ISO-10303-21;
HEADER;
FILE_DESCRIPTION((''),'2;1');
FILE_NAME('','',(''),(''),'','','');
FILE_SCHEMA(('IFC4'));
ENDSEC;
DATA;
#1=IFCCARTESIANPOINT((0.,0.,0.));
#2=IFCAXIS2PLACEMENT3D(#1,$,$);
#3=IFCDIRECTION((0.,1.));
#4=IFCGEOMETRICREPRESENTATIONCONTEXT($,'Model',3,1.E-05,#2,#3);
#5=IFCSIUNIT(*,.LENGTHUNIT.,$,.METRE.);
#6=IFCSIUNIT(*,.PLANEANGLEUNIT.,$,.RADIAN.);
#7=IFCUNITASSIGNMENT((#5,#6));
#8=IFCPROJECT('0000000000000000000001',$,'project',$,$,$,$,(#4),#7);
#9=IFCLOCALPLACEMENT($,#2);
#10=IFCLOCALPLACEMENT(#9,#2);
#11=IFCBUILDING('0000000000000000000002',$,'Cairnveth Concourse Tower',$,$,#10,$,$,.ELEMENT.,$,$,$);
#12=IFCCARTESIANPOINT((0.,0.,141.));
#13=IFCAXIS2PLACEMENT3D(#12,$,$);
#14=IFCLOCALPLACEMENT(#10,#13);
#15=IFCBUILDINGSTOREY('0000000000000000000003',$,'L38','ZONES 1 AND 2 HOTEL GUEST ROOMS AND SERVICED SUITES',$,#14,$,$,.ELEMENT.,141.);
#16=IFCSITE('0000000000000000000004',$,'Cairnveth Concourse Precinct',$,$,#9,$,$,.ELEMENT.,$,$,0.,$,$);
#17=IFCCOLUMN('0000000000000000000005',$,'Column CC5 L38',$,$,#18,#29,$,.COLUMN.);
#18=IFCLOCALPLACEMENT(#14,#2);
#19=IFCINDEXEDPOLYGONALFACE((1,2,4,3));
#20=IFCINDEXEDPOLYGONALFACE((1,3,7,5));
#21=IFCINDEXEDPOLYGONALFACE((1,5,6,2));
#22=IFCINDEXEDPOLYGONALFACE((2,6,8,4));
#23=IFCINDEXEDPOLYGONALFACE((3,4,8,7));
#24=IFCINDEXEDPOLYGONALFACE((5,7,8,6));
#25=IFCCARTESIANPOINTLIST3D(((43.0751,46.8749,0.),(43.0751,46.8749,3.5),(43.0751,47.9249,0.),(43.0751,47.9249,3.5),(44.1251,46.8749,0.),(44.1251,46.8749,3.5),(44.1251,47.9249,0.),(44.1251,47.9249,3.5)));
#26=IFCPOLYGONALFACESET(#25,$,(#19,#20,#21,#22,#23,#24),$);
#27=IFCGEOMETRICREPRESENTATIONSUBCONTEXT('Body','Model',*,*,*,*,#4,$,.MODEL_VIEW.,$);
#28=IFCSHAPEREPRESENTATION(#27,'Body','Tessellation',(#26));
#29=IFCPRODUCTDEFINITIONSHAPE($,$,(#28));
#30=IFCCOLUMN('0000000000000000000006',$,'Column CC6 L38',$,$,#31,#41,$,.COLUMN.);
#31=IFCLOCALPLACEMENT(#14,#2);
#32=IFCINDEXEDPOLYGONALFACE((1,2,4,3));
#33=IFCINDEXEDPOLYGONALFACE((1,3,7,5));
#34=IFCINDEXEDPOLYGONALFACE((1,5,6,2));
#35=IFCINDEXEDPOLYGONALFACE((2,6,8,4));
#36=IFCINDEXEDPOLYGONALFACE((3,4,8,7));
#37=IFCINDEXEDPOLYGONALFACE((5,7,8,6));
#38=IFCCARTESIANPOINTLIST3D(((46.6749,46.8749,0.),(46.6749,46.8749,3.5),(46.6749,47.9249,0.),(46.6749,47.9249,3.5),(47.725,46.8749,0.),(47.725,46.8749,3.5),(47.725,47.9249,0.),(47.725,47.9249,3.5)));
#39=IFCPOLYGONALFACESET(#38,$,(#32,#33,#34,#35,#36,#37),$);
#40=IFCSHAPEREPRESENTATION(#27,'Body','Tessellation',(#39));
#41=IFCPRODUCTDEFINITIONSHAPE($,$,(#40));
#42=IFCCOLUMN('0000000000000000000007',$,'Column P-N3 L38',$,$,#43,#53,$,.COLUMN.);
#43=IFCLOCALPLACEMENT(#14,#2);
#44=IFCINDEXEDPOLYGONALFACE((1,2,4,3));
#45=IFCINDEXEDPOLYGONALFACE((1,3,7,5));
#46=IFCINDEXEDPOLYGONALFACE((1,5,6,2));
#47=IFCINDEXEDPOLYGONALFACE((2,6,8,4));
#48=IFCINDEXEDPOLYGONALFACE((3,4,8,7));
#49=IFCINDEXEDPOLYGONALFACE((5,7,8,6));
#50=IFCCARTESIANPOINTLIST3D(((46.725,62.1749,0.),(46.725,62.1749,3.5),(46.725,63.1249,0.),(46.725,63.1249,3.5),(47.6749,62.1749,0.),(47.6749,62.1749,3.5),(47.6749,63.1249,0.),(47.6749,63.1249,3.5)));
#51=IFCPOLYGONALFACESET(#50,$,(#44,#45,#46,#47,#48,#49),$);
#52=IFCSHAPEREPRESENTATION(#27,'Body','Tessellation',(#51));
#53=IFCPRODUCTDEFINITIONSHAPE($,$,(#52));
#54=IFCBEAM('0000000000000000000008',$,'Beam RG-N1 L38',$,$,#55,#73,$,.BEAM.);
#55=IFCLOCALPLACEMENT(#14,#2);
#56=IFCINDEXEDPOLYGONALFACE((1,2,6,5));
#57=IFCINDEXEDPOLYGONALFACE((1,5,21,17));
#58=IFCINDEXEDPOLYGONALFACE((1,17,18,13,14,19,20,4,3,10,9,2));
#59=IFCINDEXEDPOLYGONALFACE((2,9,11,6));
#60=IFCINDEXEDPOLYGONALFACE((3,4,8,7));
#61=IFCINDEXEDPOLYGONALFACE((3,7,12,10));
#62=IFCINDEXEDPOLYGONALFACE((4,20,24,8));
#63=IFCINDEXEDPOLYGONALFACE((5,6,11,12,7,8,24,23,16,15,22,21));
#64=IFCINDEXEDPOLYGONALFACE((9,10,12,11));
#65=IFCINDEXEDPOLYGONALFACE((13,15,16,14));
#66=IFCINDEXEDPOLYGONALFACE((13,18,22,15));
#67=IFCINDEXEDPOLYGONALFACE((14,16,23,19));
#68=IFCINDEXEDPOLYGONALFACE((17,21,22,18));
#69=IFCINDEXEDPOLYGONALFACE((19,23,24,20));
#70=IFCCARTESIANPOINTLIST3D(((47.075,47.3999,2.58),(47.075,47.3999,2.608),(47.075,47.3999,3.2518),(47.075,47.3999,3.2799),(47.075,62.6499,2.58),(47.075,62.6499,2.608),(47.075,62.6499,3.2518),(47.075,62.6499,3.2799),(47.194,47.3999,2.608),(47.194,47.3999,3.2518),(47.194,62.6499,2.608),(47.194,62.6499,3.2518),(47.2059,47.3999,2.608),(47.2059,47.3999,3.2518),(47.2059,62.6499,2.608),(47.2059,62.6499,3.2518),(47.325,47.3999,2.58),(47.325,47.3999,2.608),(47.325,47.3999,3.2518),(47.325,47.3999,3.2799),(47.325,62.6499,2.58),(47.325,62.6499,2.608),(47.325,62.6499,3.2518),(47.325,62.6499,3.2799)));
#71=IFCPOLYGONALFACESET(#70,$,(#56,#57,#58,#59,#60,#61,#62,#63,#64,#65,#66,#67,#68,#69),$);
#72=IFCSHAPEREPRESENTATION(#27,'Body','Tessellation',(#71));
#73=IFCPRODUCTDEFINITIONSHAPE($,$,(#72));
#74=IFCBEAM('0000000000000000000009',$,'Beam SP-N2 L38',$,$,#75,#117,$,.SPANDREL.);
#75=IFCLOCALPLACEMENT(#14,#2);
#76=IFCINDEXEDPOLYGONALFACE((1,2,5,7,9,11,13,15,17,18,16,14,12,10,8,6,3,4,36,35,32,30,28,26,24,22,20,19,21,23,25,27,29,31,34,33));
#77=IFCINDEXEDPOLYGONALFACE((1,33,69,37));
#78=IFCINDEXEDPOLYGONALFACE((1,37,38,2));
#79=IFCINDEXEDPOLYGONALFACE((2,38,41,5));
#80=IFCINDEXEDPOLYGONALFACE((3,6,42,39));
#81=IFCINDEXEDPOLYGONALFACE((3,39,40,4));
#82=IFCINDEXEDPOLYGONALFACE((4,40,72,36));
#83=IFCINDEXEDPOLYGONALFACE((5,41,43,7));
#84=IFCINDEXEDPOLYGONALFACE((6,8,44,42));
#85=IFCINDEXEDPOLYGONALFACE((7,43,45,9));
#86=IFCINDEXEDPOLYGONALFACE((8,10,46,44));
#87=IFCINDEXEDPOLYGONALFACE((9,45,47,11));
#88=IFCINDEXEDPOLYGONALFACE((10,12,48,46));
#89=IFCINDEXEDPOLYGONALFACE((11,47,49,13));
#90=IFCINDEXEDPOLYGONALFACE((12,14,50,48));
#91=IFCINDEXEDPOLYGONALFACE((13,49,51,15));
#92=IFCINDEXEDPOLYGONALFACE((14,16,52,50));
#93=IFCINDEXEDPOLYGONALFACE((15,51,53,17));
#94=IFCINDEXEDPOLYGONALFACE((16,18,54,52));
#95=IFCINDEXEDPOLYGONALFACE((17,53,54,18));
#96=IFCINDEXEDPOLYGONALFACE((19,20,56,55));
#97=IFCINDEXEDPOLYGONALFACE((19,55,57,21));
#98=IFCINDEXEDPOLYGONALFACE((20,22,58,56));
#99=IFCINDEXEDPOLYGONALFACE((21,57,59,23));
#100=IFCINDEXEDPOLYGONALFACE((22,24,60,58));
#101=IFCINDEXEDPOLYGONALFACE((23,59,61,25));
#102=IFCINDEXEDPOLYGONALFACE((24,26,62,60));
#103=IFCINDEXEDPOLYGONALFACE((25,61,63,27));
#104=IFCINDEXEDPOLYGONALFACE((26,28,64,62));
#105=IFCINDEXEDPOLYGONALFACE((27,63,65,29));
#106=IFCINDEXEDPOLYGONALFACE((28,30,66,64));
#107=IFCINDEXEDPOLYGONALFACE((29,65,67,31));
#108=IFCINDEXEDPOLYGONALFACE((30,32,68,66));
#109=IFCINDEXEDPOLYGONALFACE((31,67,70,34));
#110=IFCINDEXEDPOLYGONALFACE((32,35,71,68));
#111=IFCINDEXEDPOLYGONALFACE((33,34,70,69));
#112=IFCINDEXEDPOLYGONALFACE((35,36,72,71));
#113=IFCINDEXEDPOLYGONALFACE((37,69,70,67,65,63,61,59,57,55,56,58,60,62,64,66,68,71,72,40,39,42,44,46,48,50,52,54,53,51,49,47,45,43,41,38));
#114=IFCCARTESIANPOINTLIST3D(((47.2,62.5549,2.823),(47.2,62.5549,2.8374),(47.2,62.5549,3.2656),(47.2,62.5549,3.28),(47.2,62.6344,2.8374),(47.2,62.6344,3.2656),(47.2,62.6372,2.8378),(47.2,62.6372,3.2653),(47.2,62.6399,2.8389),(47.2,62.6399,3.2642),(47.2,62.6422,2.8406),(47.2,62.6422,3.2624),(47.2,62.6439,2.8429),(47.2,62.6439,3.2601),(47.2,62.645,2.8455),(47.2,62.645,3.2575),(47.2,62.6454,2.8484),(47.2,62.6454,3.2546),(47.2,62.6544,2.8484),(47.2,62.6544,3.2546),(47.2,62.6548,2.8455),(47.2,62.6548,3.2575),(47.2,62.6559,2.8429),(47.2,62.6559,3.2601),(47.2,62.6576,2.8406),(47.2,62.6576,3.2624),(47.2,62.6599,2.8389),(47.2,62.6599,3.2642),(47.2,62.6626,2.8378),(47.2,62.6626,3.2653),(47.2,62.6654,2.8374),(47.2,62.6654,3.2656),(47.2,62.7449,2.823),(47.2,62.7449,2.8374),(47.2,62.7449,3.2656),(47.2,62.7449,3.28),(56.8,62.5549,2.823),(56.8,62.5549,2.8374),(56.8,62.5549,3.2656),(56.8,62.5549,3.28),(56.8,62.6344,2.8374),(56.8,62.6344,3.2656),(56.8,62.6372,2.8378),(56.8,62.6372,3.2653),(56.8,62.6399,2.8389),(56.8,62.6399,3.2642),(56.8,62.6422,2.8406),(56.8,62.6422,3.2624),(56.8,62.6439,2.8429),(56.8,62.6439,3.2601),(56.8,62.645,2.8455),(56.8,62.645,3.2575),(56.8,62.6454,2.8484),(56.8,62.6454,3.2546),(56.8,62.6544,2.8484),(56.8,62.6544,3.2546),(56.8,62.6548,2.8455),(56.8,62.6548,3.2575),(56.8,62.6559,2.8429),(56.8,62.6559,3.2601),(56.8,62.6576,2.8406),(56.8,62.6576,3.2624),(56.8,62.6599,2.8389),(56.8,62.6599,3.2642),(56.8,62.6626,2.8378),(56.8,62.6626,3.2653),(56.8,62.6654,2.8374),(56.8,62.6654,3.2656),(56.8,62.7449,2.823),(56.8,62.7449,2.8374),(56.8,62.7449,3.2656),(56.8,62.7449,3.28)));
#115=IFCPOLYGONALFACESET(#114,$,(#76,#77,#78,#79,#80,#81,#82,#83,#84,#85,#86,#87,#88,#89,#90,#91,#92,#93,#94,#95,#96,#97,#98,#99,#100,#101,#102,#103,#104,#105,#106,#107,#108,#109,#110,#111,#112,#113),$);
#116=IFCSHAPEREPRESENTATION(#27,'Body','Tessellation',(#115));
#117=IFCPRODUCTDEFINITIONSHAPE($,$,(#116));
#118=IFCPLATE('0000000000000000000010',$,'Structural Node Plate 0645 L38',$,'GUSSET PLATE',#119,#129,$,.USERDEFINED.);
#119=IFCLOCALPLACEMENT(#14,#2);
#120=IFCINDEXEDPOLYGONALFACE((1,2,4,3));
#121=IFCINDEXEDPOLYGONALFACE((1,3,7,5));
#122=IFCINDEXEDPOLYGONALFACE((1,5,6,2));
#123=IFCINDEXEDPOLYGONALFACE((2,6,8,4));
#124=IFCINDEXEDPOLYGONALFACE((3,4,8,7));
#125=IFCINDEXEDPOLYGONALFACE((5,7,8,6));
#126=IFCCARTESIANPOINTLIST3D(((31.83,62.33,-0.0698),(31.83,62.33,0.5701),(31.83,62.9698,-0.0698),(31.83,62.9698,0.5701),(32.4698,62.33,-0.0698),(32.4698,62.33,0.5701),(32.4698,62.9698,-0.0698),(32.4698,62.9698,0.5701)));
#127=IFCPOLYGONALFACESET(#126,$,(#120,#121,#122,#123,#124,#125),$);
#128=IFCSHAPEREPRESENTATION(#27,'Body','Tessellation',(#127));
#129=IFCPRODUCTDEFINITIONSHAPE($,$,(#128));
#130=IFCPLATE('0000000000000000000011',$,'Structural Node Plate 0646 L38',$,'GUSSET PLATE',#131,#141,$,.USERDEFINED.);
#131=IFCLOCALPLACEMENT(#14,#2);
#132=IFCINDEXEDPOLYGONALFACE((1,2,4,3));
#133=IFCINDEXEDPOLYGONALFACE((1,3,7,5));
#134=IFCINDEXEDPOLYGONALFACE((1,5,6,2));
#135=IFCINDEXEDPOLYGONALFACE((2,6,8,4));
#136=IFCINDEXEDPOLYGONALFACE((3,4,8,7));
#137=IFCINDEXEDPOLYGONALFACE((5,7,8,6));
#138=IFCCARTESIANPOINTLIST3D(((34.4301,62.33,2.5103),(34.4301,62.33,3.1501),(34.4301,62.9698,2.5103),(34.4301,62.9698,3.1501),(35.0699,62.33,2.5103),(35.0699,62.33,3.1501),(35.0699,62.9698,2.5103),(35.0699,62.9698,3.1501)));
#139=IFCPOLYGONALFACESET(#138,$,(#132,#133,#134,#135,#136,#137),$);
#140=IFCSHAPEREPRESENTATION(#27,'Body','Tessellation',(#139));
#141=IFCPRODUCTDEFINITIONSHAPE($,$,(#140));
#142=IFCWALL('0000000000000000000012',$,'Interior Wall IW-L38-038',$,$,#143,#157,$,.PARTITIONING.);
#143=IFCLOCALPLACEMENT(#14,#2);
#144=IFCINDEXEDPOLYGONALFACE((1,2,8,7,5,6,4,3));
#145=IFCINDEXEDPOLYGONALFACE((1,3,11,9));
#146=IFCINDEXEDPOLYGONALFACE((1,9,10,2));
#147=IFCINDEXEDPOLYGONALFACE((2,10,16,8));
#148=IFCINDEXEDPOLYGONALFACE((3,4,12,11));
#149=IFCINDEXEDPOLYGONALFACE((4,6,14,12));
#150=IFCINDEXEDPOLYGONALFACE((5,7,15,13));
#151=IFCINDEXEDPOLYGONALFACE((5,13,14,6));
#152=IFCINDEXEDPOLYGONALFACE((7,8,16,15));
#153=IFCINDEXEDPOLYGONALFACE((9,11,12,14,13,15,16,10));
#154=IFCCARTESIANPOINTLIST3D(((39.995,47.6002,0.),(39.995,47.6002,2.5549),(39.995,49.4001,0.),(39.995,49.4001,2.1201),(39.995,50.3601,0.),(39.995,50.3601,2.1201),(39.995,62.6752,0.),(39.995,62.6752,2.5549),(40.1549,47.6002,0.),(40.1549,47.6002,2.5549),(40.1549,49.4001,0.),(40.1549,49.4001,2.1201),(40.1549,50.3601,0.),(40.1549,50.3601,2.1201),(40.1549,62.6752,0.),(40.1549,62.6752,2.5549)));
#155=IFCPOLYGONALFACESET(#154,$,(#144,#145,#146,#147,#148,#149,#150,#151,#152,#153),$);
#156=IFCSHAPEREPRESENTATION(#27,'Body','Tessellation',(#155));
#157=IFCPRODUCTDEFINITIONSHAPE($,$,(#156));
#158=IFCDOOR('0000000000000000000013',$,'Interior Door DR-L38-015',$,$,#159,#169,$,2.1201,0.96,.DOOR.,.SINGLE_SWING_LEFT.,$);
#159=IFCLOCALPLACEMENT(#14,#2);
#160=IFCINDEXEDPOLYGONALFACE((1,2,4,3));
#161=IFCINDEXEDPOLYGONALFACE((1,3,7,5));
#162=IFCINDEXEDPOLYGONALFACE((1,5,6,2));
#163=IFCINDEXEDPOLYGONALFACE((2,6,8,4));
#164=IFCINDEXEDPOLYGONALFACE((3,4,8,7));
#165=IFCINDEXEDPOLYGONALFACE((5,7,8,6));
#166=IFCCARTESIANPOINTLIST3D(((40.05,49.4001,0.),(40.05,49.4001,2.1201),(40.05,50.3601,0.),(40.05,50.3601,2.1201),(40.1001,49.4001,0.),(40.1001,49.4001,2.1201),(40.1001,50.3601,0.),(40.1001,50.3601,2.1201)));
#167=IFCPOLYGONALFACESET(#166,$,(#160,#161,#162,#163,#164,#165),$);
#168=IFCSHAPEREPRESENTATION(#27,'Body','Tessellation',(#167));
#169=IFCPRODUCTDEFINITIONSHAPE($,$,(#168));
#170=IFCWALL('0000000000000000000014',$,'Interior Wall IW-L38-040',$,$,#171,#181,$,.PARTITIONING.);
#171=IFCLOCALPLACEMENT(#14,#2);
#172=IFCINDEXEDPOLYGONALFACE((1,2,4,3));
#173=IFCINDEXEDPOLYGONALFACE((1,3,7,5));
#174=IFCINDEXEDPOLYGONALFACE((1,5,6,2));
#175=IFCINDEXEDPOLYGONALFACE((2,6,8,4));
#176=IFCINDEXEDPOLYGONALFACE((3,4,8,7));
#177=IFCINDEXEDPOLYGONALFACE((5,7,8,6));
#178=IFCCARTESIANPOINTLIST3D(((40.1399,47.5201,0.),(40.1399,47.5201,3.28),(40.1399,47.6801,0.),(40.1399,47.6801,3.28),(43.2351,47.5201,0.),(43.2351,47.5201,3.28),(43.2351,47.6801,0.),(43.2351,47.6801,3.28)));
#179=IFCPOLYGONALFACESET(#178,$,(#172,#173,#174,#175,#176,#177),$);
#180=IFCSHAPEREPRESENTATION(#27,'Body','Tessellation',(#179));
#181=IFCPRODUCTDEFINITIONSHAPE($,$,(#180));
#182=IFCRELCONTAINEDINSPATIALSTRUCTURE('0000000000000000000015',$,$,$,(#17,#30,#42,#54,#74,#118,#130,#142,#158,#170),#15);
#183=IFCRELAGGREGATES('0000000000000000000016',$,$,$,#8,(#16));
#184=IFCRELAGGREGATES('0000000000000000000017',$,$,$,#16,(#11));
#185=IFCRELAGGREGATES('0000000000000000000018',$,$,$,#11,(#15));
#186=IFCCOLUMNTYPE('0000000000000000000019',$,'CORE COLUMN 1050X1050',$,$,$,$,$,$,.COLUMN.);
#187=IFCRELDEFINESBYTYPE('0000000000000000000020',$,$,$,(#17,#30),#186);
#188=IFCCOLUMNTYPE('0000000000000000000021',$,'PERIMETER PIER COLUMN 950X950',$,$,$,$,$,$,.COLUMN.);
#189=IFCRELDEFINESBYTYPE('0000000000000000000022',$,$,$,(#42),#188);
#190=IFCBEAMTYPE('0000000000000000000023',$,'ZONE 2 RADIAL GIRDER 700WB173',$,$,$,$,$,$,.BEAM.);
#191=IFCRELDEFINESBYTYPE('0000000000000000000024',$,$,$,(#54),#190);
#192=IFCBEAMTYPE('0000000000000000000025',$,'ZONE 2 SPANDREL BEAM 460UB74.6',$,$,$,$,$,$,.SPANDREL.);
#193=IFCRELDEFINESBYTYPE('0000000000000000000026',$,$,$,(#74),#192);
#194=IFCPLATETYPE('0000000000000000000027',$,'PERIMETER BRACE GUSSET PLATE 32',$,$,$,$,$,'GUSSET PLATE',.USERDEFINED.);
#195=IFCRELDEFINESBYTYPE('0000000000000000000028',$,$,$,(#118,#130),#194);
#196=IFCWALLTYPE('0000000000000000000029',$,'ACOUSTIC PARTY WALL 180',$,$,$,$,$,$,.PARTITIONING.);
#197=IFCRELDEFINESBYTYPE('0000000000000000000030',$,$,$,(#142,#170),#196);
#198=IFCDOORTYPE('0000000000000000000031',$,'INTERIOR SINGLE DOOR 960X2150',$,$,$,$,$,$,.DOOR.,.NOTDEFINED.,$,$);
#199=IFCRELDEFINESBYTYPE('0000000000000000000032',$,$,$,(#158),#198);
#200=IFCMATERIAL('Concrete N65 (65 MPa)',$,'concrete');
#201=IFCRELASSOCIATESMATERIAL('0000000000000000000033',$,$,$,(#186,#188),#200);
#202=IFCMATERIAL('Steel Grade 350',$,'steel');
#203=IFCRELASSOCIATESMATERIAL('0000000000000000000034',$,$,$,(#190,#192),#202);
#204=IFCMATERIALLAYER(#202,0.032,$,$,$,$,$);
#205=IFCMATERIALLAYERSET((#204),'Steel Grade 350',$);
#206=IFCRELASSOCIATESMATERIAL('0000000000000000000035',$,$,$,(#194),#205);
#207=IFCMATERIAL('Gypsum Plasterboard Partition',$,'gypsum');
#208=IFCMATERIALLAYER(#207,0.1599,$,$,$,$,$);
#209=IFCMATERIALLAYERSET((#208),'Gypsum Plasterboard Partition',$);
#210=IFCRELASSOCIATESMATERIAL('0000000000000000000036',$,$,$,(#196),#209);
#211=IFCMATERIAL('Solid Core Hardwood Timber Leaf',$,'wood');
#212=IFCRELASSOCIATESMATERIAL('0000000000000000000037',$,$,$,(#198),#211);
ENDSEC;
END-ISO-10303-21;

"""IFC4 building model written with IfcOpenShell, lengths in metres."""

from ifc_helpers import new_model, si_unit, direction, frame, frame_2d, origin, origin_2d, place, context, subcontext, project, spatial, rectangle, i_section, extrude, material, layer, layer_set, material_profile, profile_set, type_object, element, fill, save


model = new_model("IFC4")

# Units and contexts
model_context = context("Model", 3, precision=1e-05, world=origin(), true_north=direction((0.0, 1.0)))
body_context = subcontext(model_context, "Body", "Model", "MODEL_VIEW")
ifc_project = project(units=[si_unit("LENGTHUNIT", "METRE"), si_unit("PLANEANGLEUNIT", "RADIAN")], contexts=[model_context])

# Site, building, storey
site_placement = place(None, origin())
site = spatial("IfcSite", under=ifc_project, at=site_placement, Name="Cairnveth Concourse Precinct", CompositionType="ELEMENT", RefElevation=0.0)
building_placement = place(site_placement, origin())
building = spatial("IfcBuilding", under=site, at=building_placement, Name="Cairnveth Concourse Tower", CompositionType="ELEMENT")
storey_placement = place(building_placement, frame((0.0, 0.0, 141.0)))
storey = spatial("IfcBuildingStorey", under=building, at=storey_placement, Name="L38", Description="ZONES 1 AND 2 HOTEL GUEST ROOMS AND SERVICED SUITES", CompositionType="ELEMENT", Elevation=141.0)

# Columns
ifc_material_1 = material(Name="Concrete N65 (65 MPa)", Category="concrete")
ifc_material_profile_1 = material_profile(ifc_material_1, rectangle(XDim=1.05, YDim=1.05, at=origin_2d()), Name="RC-COL-1050x1050")
ifc_profile_set_1 = profile_set([ifc_material_profile_1], Name="Concrete N65 (65 MPa)")
column_type_1 = type_object("IfcColumnType", Name="CORE COLUMN 1050X1050", PredefinedType="COLUMN", material=ifc_profile_set_1)
for number, where, z_axis, x_axis, name in (
    (1, (43.6001, 47.3999, 0.0), (0.0, 0.0, 1.0), (1.0, 0.0, 0.0), "Column CC5 L38"),
    (2, (47.2, 47.3999, 0.0), (0.0, 0.0, 1.0), (1.0, 0.0, 0.0), "Column CC6 L38"),
):
    element("IfcColumn", number, at=place(storey_placement, frame(where, z_axis=z_axis, x_axis=x_axis)), inside=storey, type_object=column_type_1, Name=name, PredefinedType="COLUMN", context=body_context, shape_type="SweptSolid", body=[
        extrude(rectangle(XDim=1.05, YDim=1.05, at=origin_2d()), origin(), (0.0, 0.0, 1.0), 3.5),
    ])
ifc_material_profile_2 = material_profile(ifc_material_1, rectangle(XDim=0.95, YDim=0.95, at=origin_2d()), Name="RC-COL-950x950")
ifc_profile_set_2 = profile_set([ifc_material_profile_2], Name="Concrete N65 (65 MPa)")
column_type_2 = type_object("IfcColumnType", Name="PERIMETER PIER COLUMN 950X950", PredefinedType="COLUMN", material=ifc_profile_set_2)
column_placement = place(storey_placement, frame((47.2, 62.6499, 0.0), z_axis=(0.0, 0.0, 1.0), x_axis=(1.0, 0.0, 0.0)))
element("IfcColumn", 3, at=column_placement, inside=storey, type_object=column_type_2, Name="Column P-N3 L38", PredefinedType="COLUMN", context=body_context, shape_type="SweptSolid", body=[
    extrude(rectangle(XDim=0.95, YDim=0.95, at=origin_2d()), origin(), (0.0, 0.0, 1.0), 3.5),
])

# Beams
ifc_material_2 = material(Name="Steel Grade 350", Category="steel")
ifc_material_profile_3 = material_profile(ifc_material_2, i_section(OverallWidth=0.25, OverallDepth=0.7, WebThickness=0.012, FlangeThickness=0.0281, at=origin_2d()), Name="700WB173")
ifc_profile_set_3 = profile_set([ifc_material_profile_3], Name="Steel Grade 350")
beam_type_1 = type_object("IfcBeamType", Name="ZONE 2 RADIAL GIRDER 700WB173", PredefinedType="BEAM", material=ifc_profile_set_3)
beam_1_placement = place(storey_placement, frame((47.2, 47.3999, 2.9299), z_axis=(0.0, 1.0, 0.0), x_axis=(-1.0, 0.0, 0.0)))
element("IfcBeam", 4, at=beam_1_placement, inside=storey, type_object=beam_type_1, Name="Beam RG-N1 L38", PredefinedType="BEAM", context=body_context, shape_type="SweptSolid", body=[
    extrude(i_section(OverallWidth=0.25, OverallDepth=0.7, WebThickness=0.012, FlangeThickness=0.0281, at=origin_2d()), origin(), (0.0, 0.0, 1.0), 15.25),
])
ifc_material_profile_4 = material_profile(ifc_material_2, i_section(OverallWidth=0.1899, OverallDepth=0.457, WebThickness=0.009, FlangeThickness=0.0144, FilletRadius=0.011, at=origin_2d()), Name="460UB74.6")
ifc_profile_set_4 = profile_set([ifc_material_profile_4], Name="Steel Grade 350")
beam_type_2 = type_object("IfcBeamType", Name="ZONE 2 SPANDREL BEAM 460UB74.6", PredefinedType="SPANDREL", material=ifc_profile_set_4)
beam_2_placement = place(storey_placement, frame((47.2, 62.6499, 3.0515), z_axis=(1.0, 0.0, 0.0), x_axis=(0.0, 1.0, 0.0)))
element("IfcBeam", 5, at=beam_2_placement, inside=storey, type_object=beam_type_2, Name="Beam SP-N2 L38", PredefinedType="SPANDREL", context=body_context, shape_type="SweptSolid", body=[
    extrude(i_section(OverallWidth=0.1899, OverallDepth=0.457, WebThickness=0.009, FlangeThickness=0.0144, FilletRadius=0.011, at=origin_2d()), origin(), (0.0, 0.0, 1.0), 9.6001),
])

# Plates
ifc_layer_1 = layer(ifc_material_2, 0.032)
ifc_layer_set_1 = layer_set([ifc_layer_1], Name="Steel Grade 350")
plate_type = type_object("IfcPlateType", Name="PERIMETER BRACE GUSSET PLATE 32", ElementType="GUSSET PLATE", PredefinedType="USERDEFINED", material=ifc_layer_set_1)
for number, where, z_axis, x_axis, name in (
    (6, (32.1499, 62.6499, -0.0698), (0.0, 0.0, 1.0), (1.0, 0.0, 0.0), "Structural Node Plate 0645 L38"),
    (7, (34.75, 62.6499, 2.5103), (0.0, 0.0, 1.0), (1.0, 0.0, 0.0), "Structural Node Plate 0646 L38"),
):
    element("IfcPlate", number, at=place(storey_placement, frame(where, z_axis=z_axis, x_axis=x_axis)), inside=storey, type_object=plate_type, Name=name, ObjectType="GUSSET PLATE", PredefinedType="USERDEFINED", context=body_context, shape_type="SweptSolid", body=[
        extrude(rectangle(XDim=0.6399, YDim=0.6399, at=origin_2d()), origin(), (0.0, 0.0, 1.0), 0.6399),
    ])

# Wall, opening, door
ifc_material_3 = material(Name="Gypsum Plasterboard Partition", Category="gypsum")
ifc_layer_2 = layer(ifc_material_3, 0.1599)
ifc_layer_set_2 = layer_set([ifc_layer_2], Name="Gypsum Plasterboard Partition")
wall_type_1 = type_object("IfcWallType", Name="ACOUSTIC PARTY WALL 180", PredefinedType="PARTITIONING", material=ifc_layer_set_2)
wall_1_placement = place(storey_placement, frame((40.075, 47.6001, 0.0), z_axis=(0.0, 0.0, 1.0), x_axis=(0.0, 1.0, 0.0)))
wall_1 = element("IfcWall", 8, at=wall_1_placement, inside=storey, type_object=wall_type_1, Name="Interior Wall IW-L38-038", PredefinedType="PARTITIONING", context=body_context, shape_type="SweptSolid", body=[
    extrude(rectangle(XDim=15.075, YDim=0.1599, at=frame_2d((7.5376, 0.0))), origin(), (0.0, 0.0, 1.0), 2.5549),
])
opening_1_placement = place(wall_1_placement, frame((1.8, 0.0, 0.0)))
opening_1 = element("IfcOpeningElement", 9, at=opening_1_placement, cuts=wall_1, PredefinedType="OPENING", context=body_context, shape_type="SweptSolid", body=[
    extrude(rectangle(XDim=0.96, YDim=2.1201, at=frame_2d((0.48, 1.0601))), frame((0.0, 0.0898, 0.0), z_axis=(0.0, -1.0, 0.0), x_axis=(1.0, 0.0, 0.0)), (0.0, 0.0, 1.0), 0.1799),
])
ifc_material_4 = material(Name="Solid Core Hardwood Timber Leaf", Category="wood")
door_type_1 = type_object("IfcDoorType", Name="INTERIOR SINGLE DOOR 960X2150", OperationType="NOTDEFINED", PredefinedType="DOOR", material=ifc_material_4)
door_1_placement = place(opening_1_placement, origin())
door_1 = element("IfcDoor", 10, at=door_1_placement, inside=storey, type_object=door_type_1, Name="Interior Door DR-L38-015", OperationType="SINGLE_SWING_LEFT", OverallHeight=2.1201, OverallWidth=0.96, PredefinedType="DOOR", context=body_context, shape_type="SweptSolid", body=[
    extrude(rectangle(XDim=0.96, YDim=2.1201, at=frame_2d((0.48, 1.0601))), frame((0.0, 0.0249, 0.0), z_axis=(0.0, -1.0, 0.0), x_axis=(1.0, 0.0, 0.0)), (0.0, 0.0, 1.0), 0.05),
])
fill(opening_1, door_1)

# Wall
wall_2_placement = place(storey_placement, frame((40.1399, 47.6001, 0.0), z_axis=(0.0, 0.0, 1.0), x_axis=(1.0, 0.0, 0.0)))
element("IfcWall", 11, at=wall_2_placement, inside=storey, type_object=wall_type_1, Name="Interior Wall IW-L38-040", PredefinedType="PARTITIONING", context=body_context, shape_type="SweptSolid", body=[
    extrude(rectangle(XDim=3.0952, YDim=0.1599, at=frame_2d((1.5476, 0.0))), origin(), (0.0, 0.0, 1.0), 3.28),
])

save(model, "model.ifc")
